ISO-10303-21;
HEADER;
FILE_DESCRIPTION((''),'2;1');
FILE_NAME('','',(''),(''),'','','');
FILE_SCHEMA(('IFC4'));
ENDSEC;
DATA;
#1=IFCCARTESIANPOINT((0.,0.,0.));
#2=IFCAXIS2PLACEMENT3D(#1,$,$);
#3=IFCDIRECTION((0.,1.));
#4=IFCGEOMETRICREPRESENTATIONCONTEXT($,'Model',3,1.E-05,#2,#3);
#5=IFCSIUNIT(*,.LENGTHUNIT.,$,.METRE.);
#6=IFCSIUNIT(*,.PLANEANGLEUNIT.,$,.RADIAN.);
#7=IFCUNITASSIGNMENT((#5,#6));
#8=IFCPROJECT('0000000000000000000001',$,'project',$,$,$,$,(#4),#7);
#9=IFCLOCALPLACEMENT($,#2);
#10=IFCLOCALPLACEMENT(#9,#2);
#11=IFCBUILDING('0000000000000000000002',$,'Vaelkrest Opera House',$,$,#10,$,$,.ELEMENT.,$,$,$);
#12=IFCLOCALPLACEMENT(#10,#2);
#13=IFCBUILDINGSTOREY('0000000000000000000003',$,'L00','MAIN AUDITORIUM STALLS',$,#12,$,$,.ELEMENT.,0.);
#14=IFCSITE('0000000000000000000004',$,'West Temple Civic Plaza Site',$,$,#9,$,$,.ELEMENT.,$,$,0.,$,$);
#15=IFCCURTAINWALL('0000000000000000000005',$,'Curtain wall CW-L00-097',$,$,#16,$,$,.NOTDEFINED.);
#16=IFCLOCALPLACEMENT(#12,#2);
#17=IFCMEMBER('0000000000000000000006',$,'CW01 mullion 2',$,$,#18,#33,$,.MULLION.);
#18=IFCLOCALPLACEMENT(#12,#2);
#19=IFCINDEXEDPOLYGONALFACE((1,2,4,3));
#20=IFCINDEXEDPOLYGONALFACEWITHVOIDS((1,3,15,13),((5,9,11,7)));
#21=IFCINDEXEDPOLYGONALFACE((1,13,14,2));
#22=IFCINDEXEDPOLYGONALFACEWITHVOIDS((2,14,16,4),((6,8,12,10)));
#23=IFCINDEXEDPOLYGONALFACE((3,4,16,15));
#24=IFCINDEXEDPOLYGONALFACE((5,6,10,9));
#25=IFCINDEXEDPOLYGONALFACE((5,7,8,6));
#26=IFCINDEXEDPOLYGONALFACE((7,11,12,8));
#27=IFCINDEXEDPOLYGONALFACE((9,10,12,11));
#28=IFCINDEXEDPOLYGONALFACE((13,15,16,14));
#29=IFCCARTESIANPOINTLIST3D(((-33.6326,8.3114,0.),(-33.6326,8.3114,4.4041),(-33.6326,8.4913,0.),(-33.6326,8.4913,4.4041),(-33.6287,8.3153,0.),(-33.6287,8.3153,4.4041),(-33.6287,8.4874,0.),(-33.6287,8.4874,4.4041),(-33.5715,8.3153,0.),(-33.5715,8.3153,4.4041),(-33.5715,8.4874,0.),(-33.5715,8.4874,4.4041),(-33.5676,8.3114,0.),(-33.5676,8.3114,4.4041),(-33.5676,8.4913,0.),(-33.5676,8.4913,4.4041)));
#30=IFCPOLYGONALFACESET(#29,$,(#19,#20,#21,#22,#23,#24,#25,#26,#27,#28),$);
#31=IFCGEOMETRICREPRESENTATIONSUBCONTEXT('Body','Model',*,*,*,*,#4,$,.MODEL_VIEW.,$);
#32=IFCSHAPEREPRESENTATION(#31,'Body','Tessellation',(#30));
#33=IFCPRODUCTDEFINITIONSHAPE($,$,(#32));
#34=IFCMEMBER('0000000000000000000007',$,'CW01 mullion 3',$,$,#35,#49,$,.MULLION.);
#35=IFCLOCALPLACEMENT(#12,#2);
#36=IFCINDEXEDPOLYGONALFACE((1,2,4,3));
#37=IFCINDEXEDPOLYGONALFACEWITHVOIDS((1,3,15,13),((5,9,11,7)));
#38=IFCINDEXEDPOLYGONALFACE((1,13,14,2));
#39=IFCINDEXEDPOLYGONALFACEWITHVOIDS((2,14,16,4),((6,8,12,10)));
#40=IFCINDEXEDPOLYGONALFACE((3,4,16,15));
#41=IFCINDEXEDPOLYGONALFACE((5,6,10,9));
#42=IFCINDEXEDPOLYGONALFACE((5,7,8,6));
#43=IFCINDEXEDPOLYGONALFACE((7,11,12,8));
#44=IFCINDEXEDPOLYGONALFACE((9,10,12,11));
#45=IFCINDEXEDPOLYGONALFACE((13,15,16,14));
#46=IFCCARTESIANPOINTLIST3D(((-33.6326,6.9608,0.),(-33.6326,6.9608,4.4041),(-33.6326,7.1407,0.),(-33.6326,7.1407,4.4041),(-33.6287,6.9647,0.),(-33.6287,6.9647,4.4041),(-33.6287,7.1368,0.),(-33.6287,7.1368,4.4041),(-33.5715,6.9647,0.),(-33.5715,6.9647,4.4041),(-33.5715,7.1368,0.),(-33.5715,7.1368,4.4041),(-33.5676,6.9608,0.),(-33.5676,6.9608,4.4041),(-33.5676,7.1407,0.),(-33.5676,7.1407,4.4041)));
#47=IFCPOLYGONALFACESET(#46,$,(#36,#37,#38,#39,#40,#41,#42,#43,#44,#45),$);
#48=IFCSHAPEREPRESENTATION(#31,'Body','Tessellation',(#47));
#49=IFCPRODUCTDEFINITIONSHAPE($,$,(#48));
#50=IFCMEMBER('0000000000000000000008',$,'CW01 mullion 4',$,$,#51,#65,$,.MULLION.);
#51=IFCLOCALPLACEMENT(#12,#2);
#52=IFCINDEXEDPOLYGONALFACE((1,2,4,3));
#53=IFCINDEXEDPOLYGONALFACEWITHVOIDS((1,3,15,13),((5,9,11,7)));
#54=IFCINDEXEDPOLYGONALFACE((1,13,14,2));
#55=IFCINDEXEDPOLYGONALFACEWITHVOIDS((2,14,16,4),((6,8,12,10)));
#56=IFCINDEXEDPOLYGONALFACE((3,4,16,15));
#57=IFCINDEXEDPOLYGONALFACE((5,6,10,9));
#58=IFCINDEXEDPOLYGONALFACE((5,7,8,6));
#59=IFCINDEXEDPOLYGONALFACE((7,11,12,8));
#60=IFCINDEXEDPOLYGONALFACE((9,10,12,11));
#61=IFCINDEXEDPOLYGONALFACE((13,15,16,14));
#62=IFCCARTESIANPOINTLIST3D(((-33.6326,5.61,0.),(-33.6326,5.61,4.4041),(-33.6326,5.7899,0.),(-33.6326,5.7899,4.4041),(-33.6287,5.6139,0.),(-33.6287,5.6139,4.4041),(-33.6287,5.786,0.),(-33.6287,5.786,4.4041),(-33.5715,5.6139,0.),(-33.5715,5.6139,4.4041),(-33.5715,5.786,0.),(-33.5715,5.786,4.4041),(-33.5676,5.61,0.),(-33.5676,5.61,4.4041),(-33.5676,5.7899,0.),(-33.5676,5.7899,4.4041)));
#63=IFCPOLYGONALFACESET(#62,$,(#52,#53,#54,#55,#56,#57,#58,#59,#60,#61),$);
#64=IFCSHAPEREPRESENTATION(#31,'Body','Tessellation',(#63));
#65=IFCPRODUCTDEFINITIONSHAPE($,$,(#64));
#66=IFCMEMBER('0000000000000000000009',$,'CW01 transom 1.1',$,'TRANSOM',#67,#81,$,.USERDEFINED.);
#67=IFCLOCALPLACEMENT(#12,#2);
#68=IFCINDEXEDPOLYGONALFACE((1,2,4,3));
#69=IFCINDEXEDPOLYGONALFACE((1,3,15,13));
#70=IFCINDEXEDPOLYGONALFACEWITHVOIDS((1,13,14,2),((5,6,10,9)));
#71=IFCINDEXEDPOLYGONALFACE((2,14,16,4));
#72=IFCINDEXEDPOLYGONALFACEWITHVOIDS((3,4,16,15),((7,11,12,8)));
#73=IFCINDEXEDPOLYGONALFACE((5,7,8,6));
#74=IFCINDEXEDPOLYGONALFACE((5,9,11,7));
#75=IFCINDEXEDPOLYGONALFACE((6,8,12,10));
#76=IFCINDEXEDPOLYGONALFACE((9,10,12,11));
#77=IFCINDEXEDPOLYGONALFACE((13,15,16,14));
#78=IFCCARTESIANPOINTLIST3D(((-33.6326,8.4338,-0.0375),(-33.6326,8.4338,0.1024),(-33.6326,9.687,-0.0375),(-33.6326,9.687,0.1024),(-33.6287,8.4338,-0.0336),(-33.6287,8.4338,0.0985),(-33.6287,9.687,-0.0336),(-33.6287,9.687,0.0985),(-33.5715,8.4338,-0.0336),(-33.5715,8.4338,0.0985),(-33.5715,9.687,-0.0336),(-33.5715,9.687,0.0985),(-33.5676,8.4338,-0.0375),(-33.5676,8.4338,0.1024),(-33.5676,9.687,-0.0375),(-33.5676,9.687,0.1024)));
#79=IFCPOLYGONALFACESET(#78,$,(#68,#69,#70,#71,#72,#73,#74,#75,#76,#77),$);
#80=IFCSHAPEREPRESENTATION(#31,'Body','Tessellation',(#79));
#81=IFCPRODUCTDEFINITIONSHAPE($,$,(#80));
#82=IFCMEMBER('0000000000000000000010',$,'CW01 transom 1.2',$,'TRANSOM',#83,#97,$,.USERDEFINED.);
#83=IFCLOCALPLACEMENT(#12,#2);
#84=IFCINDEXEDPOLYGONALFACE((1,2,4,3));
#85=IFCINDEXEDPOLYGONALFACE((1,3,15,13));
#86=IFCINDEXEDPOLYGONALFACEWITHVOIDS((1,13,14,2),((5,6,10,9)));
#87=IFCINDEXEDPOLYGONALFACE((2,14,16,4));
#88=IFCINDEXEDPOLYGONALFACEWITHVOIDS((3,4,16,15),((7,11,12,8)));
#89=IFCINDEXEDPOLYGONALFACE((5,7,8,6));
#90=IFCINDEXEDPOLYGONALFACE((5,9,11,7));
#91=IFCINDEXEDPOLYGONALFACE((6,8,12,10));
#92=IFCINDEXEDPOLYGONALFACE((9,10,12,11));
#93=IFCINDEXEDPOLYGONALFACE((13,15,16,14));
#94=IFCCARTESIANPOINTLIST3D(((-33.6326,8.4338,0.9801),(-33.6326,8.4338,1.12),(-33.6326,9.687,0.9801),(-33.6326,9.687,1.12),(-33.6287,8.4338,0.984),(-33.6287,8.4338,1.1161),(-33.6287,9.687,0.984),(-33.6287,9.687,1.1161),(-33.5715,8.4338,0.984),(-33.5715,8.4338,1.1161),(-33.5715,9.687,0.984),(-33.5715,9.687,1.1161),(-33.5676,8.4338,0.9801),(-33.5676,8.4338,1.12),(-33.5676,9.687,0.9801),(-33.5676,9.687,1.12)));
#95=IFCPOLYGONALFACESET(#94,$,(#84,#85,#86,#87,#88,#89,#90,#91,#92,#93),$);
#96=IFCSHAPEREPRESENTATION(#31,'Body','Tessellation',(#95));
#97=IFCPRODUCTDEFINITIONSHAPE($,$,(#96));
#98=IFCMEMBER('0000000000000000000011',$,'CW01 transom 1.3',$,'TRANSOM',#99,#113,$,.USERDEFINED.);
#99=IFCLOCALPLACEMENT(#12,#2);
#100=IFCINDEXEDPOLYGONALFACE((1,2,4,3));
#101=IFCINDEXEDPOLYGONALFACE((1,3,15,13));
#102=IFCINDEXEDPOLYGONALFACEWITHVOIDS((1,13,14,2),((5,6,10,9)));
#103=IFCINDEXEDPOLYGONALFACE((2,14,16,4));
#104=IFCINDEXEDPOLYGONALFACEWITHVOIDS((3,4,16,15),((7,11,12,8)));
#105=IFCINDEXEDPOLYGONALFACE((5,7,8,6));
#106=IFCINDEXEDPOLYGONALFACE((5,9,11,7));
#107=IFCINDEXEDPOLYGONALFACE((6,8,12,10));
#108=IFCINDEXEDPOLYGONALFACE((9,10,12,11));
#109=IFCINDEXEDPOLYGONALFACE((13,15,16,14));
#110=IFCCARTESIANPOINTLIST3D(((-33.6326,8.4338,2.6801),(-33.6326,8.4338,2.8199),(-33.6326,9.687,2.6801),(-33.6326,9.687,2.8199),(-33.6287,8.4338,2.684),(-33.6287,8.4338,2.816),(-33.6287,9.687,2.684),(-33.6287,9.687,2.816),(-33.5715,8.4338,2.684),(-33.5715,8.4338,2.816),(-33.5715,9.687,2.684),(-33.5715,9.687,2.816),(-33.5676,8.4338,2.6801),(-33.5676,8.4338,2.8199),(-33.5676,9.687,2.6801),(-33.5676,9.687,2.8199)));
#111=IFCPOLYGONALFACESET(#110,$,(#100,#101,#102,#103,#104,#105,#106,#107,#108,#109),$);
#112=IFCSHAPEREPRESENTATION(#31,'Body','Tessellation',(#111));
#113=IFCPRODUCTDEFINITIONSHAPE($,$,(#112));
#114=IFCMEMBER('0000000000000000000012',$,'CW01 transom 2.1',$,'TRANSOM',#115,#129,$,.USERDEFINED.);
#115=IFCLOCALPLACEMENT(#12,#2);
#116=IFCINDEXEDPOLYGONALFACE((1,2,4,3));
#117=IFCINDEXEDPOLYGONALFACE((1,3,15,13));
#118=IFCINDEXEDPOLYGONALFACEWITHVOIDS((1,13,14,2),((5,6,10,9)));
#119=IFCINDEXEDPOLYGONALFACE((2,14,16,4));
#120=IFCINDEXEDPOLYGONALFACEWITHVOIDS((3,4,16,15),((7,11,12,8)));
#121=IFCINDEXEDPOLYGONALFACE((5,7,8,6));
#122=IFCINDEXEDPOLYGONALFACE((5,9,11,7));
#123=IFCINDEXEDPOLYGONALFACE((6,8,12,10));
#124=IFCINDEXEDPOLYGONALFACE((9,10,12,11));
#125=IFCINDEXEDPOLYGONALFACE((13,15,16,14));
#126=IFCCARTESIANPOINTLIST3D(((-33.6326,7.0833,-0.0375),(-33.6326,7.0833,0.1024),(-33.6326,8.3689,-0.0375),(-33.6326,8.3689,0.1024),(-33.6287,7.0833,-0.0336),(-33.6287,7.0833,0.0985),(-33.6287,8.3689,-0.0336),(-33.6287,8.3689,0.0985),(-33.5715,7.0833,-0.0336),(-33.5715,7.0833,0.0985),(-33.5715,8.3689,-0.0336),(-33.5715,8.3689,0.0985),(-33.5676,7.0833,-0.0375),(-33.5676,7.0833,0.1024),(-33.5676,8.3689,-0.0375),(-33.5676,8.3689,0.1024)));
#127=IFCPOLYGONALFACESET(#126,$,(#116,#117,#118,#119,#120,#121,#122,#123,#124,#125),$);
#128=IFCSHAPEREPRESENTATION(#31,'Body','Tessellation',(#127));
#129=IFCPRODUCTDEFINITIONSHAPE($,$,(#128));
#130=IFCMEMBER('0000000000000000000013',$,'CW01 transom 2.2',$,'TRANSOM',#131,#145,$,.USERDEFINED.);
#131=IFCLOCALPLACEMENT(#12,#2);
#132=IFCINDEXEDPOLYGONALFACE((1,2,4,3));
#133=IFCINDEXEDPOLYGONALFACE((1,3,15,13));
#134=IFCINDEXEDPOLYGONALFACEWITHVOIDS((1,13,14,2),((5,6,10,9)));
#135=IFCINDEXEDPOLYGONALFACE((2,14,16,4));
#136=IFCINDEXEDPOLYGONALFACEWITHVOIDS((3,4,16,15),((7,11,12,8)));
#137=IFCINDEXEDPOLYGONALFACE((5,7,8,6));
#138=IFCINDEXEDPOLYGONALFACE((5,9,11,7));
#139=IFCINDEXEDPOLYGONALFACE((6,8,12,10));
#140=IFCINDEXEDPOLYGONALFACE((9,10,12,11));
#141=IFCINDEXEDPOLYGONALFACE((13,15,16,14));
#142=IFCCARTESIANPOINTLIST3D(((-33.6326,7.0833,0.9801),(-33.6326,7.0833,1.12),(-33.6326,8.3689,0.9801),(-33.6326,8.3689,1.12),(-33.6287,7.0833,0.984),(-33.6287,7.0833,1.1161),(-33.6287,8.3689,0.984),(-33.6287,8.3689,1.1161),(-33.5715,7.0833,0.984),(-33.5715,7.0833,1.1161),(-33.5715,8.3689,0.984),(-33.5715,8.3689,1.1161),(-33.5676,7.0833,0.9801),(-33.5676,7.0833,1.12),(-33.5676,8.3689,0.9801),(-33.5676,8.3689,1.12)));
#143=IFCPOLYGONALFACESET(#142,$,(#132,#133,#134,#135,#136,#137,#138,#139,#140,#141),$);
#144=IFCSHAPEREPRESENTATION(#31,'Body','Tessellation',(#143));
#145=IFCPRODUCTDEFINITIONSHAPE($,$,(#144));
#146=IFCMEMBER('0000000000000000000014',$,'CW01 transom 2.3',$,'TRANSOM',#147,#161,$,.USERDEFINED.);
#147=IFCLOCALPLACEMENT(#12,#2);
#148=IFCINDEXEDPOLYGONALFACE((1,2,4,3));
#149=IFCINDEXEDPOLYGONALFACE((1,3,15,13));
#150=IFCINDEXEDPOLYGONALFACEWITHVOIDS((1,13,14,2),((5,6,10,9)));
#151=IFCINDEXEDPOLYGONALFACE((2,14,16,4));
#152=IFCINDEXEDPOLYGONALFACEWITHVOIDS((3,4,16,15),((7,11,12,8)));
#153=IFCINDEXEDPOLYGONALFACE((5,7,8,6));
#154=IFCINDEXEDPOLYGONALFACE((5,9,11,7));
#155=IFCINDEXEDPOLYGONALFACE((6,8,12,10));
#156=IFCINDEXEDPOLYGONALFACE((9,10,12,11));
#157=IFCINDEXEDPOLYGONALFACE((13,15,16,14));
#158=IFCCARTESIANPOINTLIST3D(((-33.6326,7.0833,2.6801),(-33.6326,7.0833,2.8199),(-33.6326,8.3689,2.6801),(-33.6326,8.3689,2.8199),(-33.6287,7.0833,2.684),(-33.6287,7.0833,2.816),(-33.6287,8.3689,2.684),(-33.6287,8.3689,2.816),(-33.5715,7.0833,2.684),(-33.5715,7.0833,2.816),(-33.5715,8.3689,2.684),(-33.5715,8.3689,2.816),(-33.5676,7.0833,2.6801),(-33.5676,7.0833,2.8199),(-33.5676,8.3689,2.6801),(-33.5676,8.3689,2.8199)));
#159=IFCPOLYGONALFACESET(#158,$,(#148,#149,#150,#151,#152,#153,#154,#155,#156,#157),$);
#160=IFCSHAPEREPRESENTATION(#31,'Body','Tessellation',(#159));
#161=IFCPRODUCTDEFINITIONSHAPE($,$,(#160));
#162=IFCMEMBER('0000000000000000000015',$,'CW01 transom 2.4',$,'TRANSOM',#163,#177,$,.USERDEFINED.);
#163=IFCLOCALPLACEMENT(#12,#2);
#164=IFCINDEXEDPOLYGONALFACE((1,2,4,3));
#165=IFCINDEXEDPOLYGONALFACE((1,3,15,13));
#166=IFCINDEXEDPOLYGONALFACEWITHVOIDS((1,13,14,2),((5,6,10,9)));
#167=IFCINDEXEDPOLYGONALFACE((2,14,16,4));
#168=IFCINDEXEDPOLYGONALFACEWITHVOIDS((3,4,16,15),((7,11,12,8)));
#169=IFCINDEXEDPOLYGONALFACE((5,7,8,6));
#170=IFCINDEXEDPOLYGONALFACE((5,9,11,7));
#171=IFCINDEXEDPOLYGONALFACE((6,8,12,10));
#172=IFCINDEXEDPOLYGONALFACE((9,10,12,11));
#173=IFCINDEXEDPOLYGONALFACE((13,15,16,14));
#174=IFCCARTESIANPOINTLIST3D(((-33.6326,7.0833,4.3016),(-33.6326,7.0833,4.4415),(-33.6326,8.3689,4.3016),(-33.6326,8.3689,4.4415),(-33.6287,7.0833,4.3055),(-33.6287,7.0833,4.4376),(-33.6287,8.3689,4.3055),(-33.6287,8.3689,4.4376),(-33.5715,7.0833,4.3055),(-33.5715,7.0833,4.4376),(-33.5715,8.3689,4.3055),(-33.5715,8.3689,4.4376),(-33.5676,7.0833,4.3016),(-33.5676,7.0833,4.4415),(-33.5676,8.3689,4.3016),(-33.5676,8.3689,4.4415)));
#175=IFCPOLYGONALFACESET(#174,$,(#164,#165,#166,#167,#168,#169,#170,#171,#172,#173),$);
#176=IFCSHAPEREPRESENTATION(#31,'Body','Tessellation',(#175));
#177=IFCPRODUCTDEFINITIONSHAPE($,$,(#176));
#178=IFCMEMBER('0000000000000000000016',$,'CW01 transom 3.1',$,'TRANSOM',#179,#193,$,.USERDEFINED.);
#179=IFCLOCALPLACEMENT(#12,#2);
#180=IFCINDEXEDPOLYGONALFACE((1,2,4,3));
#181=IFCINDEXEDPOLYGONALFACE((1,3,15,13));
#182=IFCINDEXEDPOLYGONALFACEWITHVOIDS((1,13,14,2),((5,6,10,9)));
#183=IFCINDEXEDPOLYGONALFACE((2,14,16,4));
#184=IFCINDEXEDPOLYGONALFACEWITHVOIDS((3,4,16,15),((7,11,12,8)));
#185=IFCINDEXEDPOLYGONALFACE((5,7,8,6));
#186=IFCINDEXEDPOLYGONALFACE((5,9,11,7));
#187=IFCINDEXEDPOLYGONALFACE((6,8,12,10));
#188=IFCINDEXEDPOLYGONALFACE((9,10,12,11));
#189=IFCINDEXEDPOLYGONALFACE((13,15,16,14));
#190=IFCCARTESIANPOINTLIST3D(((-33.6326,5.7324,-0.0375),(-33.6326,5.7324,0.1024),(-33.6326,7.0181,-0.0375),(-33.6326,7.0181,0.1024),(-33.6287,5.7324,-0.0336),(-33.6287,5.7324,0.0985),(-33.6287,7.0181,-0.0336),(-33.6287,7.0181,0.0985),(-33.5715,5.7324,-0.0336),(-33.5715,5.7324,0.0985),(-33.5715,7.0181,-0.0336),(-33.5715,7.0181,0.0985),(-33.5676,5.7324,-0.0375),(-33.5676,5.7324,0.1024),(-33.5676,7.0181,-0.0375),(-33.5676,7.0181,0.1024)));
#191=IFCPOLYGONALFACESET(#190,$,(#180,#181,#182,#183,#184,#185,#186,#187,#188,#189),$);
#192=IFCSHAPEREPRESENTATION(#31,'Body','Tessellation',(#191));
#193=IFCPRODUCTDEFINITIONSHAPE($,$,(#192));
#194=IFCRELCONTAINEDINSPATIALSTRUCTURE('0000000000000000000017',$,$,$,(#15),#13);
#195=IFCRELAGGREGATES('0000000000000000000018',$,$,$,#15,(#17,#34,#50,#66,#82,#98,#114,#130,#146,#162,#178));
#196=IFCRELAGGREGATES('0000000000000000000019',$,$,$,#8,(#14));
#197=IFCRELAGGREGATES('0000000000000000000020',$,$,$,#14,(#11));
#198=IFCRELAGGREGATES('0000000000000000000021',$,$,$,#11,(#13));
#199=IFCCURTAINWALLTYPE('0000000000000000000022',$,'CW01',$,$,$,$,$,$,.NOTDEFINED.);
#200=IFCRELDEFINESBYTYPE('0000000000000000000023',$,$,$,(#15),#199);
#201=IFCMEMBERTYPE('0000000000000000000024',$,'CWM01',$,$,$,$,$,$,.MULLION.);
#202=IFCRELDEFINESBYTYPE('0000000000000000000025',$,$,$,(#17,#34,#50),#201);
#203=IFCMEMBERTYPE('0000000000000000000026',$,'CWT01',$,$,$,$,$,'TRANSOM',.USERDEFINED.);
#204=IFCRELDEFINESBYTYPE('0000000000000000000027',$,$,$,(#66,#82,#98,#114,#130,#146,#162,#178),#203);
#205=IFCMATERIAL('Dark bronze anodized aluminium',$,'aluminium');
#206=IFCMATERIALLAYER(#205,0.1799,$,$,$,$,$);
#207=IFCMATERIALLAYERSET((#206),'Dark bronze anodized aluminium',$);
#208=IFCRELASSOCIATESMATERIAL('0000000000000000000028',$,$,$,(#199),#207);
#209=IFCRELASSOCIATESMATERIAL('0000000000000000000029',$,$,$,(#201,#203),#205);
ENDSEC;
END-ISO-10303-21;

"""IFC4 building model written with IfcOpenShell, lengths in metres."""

from ifc_helpers import new_model, si_unit, direction, frame, origin, origin_2d, place, context, subcontext, project, spatial, hollow_rectangle, extrude, material, layer, layer_set, material_profile, profile_set, type_object, element, aggregate, save


model = new_model("IFC4")

# Units and contexts
model_context = context("Model", 3, precision=1e-05, world=origin(), true_north=direction((0.0, 1.0)))
body_context = subcontext(model_context, "Body", "Model", "MODEL_VIEW")
ifc_project = project(units=[si_unit("LENGTHUNIT", "METRE"), si_unit("PLANEANGLEUNIT", "RADIAN")], contexts=[model_context])

# Site, building, storey
site_placement = place(None, origin())
site = spatial("IfcSite", under=ifc_project, at=site_placement, Name="West Temple Civic Plaza Site", CompositionType="ELEMENT", RefElevation=0.0)
building_placement = place(site_placement, origin())
building = spatial("IfcBuilding", under=site, at=building_placement, Name="Vaelkrest Opera House", CompositionType="ELEMENT")
storey_placement = place(building_placement, origin())
storey = spatial("IfcBuildingStorey", under=building, at=storey_placement, Name="L00", Description="MAIN AUDITORIUM STALLS", CompositionType="ELEMENT", Elevation=0.0)

# Curtain wall, members
ifc_material_1 = material(Name="Dark bronze anodized aluminium", Category="aluminium")
ifc_layer_1 = layer(ifc_material_1, 0.1799)
ifc_layer_set_1 = layer_set([ifc_layer_1], Name="Dark bronze anodized aluminium")
curtain_wall_type = type_object("IfcCurtainWallType", Name="CW01", PredefinedType="NOTDEFINED", material=ifc_layer_set_1)
curtain_wall_placement = place(storey_placement, origin())
curtain_wall = element("IfcCurtainWall", 1, at=curtain_wall_placement, inside=storey, type_object=curtain_wall_type, Name="Curtain wall CW-L00-097", PredefinedType="NOTDEFINED")
ifc_material_profile_1 = material_profile(ifc_material_1, hollow_rectangle(XDim=0.0649, YDim=0.1799, WallThickness=0.0039, at=origin_2d()), Name="CWM65X180")
ifc_profile_set_1 = profile_set([ifc_material_profile_1], Name="Dark bronze anodized aluminium")
member_type_1 = type_object("IfcMemberType", Name="CWM01", PredefinedType="MULLION", material=ifc_profile_set_1)
member_1_placement = place(storey_placement, frame((-33.6001, 8.4014, 0.0), z_axis=(0.0, 0.0, 1.0), x_axis=(1.0, 0.0, 0.0)))
member_1 = element("IfcMember", 2, at=member_1_placement, type_object=member_type_1, Name="CW01 mullion 2", PredefinedType="MULLION", context=body_context, shape_type="SweptSolid", body=[
    extrude(hollow_rectangle(XDim=0.0649, YDim=0.1799, WallThickness=0.0039, at=origin_2d()), origin(), (0.0, 0.0, 1.0), 4.4041),
])
member_2_placement = place(storey_placement, frame((-33.6001, 7.0508, 0.0), z_axis=(0.0, 0.0, 1.0), x_axis=(1.0, 0.0, 0.0)))
member_2 = element("IfcMember", 3, at=member_2_placement, type_object=member_type_1, Name="CW01 mullion 3", PredefinedType="MULLION", context=body_context, shape_type="SweptSolid", body=[
    extrude(hollow_rectangle(XDim=0.0649, YDim=0.1799, WallThickness=0.0039, at=origin_2d()), origin(), (0.0, 0.0, 1.0), 4.4041),
])
member_3_placement = place(storey_placement, frame((-33.6001, 5.7, 0.0), z_axis=(0.0, 0.0, 1.0), x_axis=(1.0, 0.0, 0.0)))
member_3 = element("IfcMember", 4, at=member_3_placement, type_object=member_type_1, Name="CW01 mullion 4", PredefinedType="MULLION", context=body_context, shape_type="SweptSolid", body=[
    extrude(hollow_rectangle(XDim=0.0649, YDim=0.1799, WallThickness=0.0039, at=origin_2d()), origin(), (0.0, 0.0, 1.0), 4.4041),
])
ifc_material_profile_2 = material_profile(ifc_material_1, hollow_rectangle(XDim=0.0649, YDim=0.1399, WallThickness=0.0039, at=origin_2d()), Name="CWT65X140")
ifc_profile_set_2 = profile_set([ifc_material_profile_2], Name="Dark bronze anodized aluminium")
member_type_2 = type_object("IfcMemberType", Name="CWT01", ElementType="TRANSOM", PredefinedType="USERDEFINED", material=ifc_profile_set_2)
member_4_placement = place(storey_placement, frame((-33.6001, 9.687, 0.0325), z_axis=(0.0, -1.0, 0.0), x_axis=(1.0, 0.0, 0.0)))
member_4 = element("IfcMember", 5, at=member_4_placement, type_object=member_type_2, Name="CW01 transom 1.1", ObjectType="TRANSOM", PredefinedType="USERDEFINED", context=body_context, shape_type="SweptSolid", body=[
    extrude(hollow_rectangle(XDim=0.0649, YDim=0.1399, WallThickness=0.0039, at=origin_2d()), origin(), (0.0, 0.0, 1.0), 1.2532),
])
member_5_placement = place(storey_placement, frame((-33.6001, 9.687, 1.05), z_axis=(0.0, -1.0, 0.0), x_axis=(1.0, 0.0, 0.0)))
member_5 = element("IfcMember", 6, at=member_5_placement, type_object=member_type_2, Name="CW01 transom 1.2", ObjectType="TRANSOM", PredefinedType="USERDEFINED", context=body_context, shape_type="SweptSolid", body=[
    extrude(hollow_rectangle(XDim=0.0649, YDim=0.1399, WallThickness=0.0039, at=origin_2d()), origin(), (0.0, 0.0, 1.0), 1.2532),
])
member_6_placement = place(storey_placement, frame((-33.6001, 9.687, 2.75), z_axis=(0.0, -1.0, 0.0), x_axis=(1.0, 0.0, 0.0)))
member_6 = element("IfcMember", 7, at=member_6_placement, type_object=member_type_2, Name="CW01 transom 1.3", ObjectType="TRANSOM", PredefinedType="USERDEFINED", context=body_context, shape_type="SweptSolid", body=[
    extrude(hollow_rectangle(XDim=0.0649, YDim=0.1399, WallThickness=0.0039, at=origin_2d()), origin(), (0.0, 0.0, 1.0), 1.2532),
])
member_7_placement = place(storey_placement, frame((-33.6001, 8.3689, 0.0325), z_axis=(0.0, -1.0, 0.0), x_axis=(1.0, 0.0, 0.0)))
member_7 = element("IfcMember", 8, at=member_7_placement, type_object=member_type_2, Name="CW01 transom 2.1", ObjectType="TRANSOM", PredefinedType="USERDEFINED", context=body_context, shape_type="SweptSolid", body=[
    extrude(hollow_rectangle(XDim=0.0649, YDim=0.1399, WallThickness=0.0039, at=origin_2d()), origin(), (0.0, 0.0, 1.0), 1.2856),
])
member_8_placement = place(storey_placement, frame((-33.6001, 8.3689, 1.05), z_axis=(0.0, -1.0, 0.0), x_axis=(1.0, 0.0, 0.0)))
member_8 = element("IfcMember", 9, at=member_8_placement, type_object=member_type_2, Name="CW01 transom 2.2", ObjectType="TRANSOM", PredefinedType="USERDEFINED", context=body_context, shape_type="SweptSolid", body=[
    extrude(hollow_rectangle(XDim=0.0649, YDim=0.1399, WallThickness=0.0039, at=origin_2d()), origin(), (0.0, 0.0, 1.0), 1.2856),
])
member_9_placement = place(storey_placement, frame((-33.6001, 8.3689, 2.75), z_axis=(0.0, -1.0, 0.0), x_axis=(1.0, 0.0, 0.0)))
member_9 = element("IfcMember", 10, at=member_9_placement, type_object=member_type_2, Name="CW01 transom 2.3", ObjectType="TRANSOM", PredefinedType="USERDEFINED", context=body_context, shape_type="SweptSolid", body=[
    extrude(hollow_rectangle(XDim=0.0649, YDim=0.1399, WallThickness=0.0039, at=origin_2d()), origin(), (0.0, 0.0, 1.0), 1.2856),
])
member_10_placement = place(storey_placement, frame((-33.6001, 8.3689, 4.3716), z_axis=(0.0, -1.0, 0.0), x_axis=(1.0, 0.0, 0.0)))
member_10 = element("IfcMember", 11, at=member_10_placement, type_object=member_type_2, Name="CW01 transom 2.4", ObjectType="TRANSOM", PredefinedType="USERDEFINED", context=body_context, shape_type="SweptSolid", body=[
    extrude(hollow_rectangle(XDim=0.0649, YDim=0.1399, WallThickness=0.0039, at=origin_2d()), origin(), (0.0, 0.0, 1.0), 1.2856),
])
member_11_placement = place(storey_placement, frame((-33.6001, 7.0181, 0.0325), z_axis=(0.0, -1.0, 0.0), x_axis=(1.0, 0.0, 0.0)))
member_11 = element("IfcMember", 12, at=member_11_placement, type_object=member_type_2, Name="CW01 transom 3.1", ObjectType="TRANSOM", PredefinedType="USERDEFINED", context=body_context, shape_type="SweptSolid", body=[
    extrude(hollow_rectangle(XDim=0.0649, YDim=0.1399, WallThickness=0.0039, at=origin_2d()), origin(), (0.0, 0.0, 1.0), 1.2856),
])

aggregate(curtain_wall, [member_1, member_2, member_3, member_4, member_5, member_6, member_7, member_8, member_9, member_10, member_11])

save(model, "model.ifc")
